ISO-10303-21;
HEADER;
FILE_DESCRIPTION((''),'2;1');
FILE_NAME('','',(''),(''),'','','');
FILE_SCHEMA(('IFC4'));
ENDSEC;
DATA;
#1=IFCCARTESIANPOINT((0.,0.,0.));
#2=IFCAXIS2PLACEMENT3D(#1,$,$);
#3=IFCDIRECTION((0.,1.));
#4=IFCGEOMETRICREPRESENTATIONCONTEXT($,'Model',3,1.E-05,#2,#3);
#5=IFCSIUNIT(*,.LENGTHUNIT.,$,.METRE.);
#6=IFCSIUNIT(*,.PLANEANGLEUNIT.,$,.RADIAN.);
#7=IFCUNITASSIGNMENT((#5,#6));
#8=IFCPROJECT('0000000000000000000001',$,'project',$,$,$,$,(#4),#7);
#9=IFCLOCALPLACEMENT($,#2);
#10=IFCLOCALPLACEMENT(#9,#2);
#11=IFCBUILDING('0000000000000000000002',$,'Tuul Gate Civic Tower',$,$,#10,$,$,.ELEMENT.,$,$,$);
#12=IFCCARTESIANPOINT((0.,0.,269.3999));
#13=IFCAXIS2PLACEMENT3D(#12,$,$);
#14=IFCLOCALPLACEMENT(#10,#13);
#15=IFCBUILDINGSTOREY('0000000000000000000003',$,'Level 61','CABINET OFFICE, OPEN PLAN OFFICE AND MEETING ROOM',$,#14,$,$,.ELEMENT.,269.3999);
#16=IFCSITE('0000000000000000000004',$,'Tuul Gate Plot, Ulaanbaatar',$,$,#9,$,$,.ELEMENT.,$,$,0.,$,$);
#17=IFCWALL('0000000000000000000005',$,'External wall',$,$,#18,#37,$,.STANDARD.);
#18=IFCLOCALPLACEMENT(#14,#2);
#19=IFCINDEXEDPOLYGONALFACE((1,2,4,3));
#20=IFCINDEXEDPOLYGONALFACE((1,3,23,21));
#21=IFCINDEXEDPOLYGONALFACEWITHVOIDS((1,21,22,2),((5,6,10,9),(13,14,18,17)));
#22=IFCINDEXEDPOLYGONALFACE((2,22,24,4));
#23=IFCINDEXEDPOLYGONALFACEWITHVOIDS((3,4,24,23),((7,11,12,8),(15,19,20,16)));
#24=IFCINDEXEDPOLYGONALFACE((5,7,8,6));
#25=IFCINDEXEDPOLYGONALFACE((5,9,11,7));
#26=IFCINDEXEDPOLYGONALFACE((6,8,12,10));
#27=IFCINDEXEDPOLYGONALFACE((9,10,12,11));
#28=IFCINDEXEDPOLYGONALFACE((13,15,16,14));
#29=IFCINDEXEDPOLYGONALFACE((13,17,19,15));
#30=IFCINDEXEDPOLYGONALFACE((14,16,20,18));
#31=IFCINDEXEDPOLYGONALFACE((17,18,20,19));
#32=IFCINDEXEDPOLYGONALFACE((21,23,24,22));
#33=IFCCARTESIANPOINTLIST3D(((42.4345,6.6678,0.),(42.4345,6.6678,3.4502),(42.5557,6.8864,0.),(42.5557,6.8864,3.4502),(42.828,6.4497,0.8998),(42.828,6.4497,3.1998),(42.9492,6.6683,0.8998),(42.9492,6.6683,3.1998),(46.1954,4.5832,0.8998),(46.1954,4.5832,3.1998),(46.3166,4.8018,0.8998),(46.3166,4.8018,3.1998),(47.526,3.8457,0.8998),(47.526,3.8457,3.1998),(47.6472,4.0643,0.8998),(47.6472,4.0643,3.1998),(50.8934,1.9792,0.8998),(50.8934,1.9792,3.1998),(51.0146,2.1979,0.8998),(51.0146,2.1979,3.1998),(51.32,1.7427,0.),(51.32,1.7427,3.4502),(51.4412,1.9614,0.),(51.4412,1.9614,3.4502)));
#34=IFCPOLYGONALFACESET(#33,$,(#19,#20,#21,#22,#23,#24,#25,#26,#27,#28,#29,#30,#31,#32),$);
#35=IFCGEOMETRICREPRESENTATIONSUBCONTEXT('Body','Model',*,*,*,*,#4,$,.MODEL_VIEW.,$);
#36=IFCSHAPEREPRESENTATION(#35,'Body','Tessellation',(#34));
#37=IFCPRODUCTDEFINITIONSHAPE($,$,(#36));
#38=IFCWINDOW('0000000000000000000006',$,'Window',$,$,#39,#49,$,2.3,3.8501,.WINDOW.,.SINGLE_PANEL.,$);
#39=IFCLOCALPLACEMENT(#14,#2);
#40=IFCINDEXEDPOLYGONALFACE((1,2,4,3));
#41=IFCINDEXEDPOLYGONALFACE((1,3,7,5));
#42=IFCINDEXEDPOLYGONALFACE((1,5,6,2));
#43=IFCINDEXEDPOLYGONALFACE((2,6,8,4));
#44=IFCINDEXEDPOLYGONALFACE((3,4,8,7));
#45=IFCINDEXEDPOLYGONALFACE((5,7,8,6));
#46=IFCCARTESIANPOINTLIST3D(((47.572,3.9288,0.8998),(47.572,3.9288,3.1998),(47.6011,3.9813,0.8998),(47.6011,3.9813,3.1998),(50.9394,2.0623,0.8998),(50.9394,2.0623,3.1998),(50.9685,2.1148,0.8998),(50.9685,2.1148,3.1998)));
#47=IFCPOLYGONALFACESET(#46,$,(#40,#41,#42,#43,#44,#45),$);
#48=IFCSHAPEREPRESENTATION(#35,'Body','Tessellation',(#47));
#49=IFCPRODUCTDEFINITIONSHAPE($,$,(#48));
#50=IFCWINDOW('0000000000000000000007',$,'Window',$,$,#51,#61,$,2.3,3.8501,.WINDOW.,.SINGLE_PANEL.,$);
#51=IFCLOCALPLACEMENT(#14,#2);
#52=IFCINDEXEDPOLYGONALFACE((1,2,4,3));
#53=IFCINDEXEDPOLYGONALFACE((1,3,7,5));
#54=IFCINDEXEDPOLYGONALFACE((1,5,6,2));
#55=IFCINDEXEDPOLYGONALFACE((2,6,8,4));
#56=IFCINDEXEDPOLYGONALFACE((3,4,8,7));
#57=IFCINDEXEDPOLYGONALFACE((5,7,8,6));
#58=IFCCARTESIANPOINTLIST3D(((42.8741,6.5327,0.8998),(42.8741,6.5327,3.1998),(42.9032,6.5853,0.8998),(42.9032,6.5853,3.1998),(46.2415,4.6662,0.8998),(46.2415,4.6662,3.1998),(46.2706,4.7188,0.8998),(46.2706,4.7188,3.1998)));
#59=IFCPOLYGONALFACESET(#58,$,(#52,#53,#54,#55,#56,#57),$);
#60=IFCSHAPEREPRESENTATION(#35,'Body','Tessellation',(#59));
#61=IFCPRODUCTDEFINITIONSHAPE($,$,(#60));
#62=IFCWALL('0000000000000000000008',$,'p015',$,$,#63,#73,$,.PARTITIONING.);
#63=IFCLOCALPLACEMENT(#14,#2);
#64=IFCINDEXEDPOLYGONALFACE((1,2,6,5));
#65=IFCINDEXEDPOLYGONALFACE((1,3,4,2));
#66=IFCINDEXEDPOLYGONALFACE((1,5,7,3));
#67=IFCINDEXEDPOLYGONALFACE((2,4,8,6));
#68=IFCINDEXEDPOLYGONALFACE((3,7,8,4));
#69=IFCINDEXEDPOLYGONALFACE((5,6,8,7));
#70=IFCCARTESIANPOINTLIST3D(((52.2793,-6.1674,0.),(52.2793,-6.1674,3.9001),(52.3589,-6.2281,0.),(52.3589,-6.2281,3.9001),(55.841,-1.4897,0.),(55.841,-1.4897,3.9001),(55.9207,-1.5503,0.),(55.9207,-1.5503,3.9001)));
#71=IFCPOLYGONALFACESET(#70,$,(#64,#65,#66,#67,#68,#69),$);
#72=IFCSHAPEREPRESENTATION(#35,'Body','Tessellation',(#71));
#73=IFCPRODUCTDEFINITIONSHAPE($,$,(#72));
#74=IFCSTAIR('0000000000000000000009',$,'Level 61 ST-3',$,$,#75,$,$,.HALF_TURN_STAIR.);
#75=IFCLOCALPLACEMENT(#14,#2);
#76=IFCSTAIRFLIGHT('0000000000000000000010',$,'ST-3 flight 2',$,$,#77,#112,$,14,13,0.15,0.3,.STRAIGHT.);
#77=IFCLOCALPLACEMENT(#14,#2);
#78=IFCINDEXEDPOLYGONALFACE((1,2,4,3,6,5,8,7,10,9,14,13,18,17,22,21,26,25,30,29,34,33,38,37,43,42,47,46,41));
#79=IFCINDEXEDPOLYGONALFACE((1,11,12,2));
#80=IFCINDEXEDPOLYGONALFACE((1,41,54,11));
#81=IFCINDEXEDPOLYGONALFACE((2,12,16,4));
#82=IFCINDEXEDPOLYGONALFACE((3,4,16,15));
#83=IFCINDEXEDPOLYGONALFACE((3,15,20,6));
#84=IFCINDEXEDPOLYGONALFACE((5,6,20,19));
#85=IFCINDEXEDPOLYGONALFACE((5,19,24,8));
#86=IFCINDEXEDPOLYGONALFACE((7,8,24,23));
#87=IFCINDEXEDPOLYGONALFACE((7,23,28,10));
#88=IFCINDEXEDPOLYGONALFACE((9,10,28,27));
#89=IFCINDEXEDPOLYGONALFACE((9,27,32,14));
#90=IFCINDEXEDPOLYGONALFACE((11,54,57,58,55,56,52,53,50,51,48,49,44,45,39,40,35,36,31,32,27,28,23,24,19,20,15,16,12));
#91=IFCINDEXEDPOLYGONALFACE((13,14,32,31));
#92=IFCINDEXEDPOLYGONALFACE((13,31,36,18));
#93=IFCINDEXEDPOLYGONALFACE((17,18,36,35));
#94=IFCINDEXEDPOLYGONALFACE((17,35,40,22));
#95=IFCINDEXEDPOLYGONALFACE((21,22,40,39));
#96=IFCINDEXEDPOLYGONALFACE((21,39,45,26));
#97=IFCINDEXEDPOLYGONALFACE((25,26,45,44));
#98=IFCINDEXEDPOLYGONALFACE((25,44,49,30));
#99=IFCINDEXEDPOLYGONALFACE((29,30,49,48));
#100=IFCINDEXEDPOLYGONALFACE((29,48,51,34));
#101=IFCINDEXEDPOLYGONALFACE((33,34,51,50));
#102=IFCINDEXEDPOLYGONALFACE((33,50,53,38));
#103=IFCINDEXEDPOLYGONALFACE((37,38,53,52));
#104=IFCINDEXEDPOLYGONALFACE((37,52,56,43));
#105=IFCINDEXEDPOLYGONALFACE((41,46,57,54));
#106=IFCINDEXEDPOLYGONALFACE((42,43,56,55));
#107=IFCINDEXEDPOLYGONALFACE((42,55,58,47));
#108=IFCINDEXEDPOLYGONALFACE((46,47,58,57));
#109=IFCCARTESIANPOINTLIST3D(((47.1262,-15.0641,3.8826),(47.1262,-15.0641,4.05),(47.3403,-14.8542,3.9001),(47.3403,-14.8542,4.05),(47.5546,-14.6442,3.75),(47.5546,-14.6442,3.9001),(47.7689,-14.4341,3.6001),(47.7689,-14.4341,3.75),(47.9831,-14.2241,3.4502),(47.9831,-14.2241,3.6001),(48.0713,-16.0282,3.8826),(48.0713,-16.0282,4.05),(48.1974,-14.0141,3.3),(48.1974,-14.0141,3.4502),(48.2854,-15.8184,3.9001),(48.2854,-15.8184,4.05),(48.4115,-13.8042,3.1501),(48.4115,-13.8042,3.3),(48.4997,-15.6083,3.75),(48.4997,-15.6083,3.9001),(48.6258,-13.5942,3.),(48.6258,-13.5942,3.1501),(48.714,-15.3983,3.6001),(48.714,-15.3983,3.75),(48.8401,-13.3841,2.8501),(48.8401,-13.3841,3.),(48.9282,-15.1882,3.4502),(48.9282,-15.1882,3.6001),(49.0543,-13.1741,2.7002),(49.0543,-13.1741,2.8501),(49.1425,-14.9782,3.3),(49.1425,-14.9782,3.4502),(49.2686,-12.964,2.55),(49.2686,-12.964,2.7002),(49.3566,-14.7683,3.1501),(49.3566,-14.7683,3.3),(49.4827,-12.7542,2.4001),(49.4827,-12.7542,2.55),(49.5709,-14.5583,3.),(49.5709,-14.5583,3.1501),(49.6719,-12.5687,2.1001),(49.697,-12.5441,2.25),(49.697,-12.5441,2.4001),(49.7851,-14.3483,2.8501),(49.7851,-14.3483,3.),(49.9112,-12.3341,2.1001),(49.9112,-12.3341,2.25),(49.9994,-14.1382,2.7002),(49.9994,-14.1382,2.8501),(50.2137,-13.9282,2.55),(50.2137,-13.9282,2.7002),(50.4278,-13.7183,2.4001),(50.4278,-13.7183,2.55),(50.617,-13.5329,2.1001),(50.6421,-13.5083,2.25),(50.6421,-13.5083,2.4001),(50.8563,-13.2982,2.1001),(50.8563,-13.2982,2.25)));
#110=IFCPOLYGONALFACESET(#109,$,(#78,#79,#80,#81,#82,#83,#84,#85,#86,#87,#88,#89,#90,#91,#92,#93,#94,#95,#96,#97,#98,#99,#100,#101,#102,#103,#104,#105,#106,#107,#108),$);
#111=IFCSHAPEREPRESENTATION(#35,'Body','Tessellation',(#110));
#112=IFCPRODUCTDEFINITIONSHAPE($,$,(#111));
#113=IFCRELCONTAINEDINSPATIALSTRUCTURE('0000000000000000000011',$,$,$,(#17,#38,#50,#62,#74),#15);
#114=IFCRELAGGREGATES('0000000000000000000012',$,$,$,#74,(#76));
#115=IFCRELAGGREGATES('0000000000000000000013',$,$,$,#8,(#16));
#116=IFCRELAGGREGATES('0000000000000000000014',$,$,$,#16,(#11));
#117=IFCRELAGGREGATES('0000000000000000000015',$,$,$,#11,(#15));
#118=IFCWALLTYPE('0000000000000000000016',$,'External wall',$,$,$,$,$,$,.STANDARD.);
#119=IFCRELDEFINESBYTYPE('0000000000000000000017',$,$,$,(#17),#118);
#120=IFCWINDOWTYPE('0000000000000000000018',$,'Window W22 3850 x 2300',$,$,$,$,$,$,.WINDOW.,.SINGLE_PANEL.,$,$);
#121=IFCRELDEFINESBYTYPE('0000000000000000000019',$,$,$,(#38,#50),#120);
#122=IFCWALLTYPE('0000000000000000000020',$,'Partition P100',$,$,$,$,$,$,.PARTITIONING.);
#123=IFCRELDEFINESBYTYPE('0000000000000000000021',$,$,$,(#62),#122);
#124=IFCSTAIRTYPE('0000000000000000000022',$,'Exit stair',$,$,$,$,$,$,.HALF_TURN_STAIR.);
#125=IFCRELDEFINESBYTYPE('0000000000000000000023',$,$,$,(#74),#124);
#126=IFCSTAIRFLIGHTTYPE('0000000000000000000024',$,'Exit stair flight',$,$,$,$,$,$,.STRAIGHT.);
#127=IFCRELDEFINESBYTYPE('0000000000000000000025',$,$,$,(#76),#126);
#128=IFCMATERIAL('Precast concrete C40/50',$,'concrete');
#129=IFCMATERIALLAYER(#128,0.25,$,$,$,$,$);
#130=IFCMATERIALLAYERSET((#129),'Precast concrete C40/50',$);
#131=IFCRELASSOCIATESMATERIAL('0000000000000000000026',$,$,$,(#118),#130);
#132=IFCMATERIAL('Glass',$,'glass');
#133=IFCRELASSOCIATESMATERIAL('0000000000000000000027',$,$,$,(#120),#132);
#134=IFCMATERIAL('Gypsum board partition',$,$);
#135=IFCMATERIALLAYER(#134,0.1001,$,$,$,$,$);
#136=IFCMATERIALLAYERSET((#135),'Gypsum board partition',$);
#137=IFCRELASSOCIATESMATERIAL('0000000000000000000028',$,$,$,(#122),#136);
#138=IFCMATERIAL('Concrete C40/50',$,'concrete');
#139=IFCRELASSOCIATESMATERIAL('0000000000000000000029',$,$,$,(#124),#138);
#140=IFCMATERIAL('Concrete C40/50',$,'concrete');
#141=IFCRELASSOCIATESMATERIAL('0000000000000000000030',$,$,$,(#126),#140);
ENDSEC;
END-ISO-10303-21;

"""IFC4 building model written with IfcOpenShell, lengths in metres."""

from ifc_helpers import new_model, si_unit, direction, frame, frame_2d, origin, place, context, subcontext, project, spatial, polyline, rectangle, outline, extrude, material, layer, layer_set, type_object, element, fill, aggregate, save


model = new_model("IFC4")

# Units and contexts
model_context = context("Model", 3, precision=1e-05, world=origin(), true_north=direction((0.0, 1.0)))
body_context = subcontext(model_context, "Body", "Model", "MODEL_VIEW")
ifc_project = project(units=[si_unit("LENGTHUNIT", "METRE"), si_unit("PLANEANGLEUNIT", "RADIAN")], contexts=[model_context])

# Site, building, storey
site_placement = place(None, origin())
site = spatial("IfcSite", under=ifc_project, at=site_placement, Name="Tuul Gate Plot, Ulaanbaatar", CompositionType="ELEMENT", RefElevation=0.0)
building_placement = place(site_placement, origin())
building = spatial("IfcBuilding", under=site, at=building_placement, Name="Tuul Gate Civic Tower", CompositionType="ELEMENT")
storey_placement = place(building_placement, frame((0.0, 0.0, 269.3999)))
storey = spatial("IfcBuildingStorey", under=building, at=storey_placement, Name="Level 61", Description="CABINET OFFICE, OPEN PLAN OFFICE AND MEETING ROOM", CompositionType="ELEMENT", Elevation=269.3999)

# Wall, openings, windows
ifc_material_1 = material(Name="Precast concrete C40/50", Category="concrete")
ifc_layer_1 = layer(ifc_material_1, 0.25)
ifc_layer_set_1 = layer_set([ifc_layer_1], Name="Precast concrete C40/50")
wall_type_1 = type_object("IfcWallType", Name="External wall", PredefinedType="STANDARD", material=ifc_layer_set_1)
wall_1_placement = place(storey_placement, frame((51.3806, 1.8521, 0.0), z_axis=(0.0, 0.0, 1.0), x_axis=(-0.874631, 0.48479, 0.0)))
wall_1 = element("IfcWall", 1, at=wall_1_placement, inside=storey, type_object=wall_type_1, Name="External wall", PredefinedType="STANDARD", context=body_context, shape_type="SweptSolid", body=[
    extrude(rectangle(XDim=10.1592, YDim=0.25, at=frame_2d((5.0796, 0.0))), origin(), (0.0, 0.0, 1.0), 3.4502),
])
opening_1_placement = place(wall_1_placement, frame((0.4878, 0.0, 0.8999)))
opening_1 = element("IfcOpeningElement", 2, at=opening_1_placement, cuts=wall_1, PredefinedType="OPENING", context=body_context, shape_type="SweptSolid", body=[
    extrude(rectangle(XDim=3.8501, YDim=2.3, at=frame_2d((1.925, 1.1499))), frame((0.0, 0.135, 0.0), z_axis=(0.0, -1.0, 0.0), x_axis=(1.0, 0.0, 0.0)), (0.0, 0.0, 1.0), 0.27),
])
opening_2_placement = place(wall_1_placement, frame((5.8591, 0.0, 0.8999)))
opening_2 = element("IfcOpeningElement", 3, at=opening_2_placement, cuts=wall_1, PredefinedType="OPENING", context=body_context, shape_type="SweptSolid", body=[
    extrude(rectangle(XDim=3.8501, YDim=2.3, at=frame_2d((1.925, 1.1499))), frame((0.0, 0.135, 0.0), z_axis=(0.0, -1.0, 0.0), x_axis=(1.0, 0.0, 0.0)), (0.0, 0.0, 1.0), 0.27),
])
ifc_material_2 = material(Name="Glass", Category="glass")
window_type = type_object("IfcWindowType", Name="Window W22 3850 x 2300", PartitioningType="SINGLE_PANEL", PredefinedType="WINDOW", material=ifc_material_2)
window_1_placement = place(opening_1_placement, origin())
window_1 = element("IfcWindow", 4, at=window_1_placement, inside=storey, type_object=window_type, Name="Window", OverallHeight=2.3, OverallWidth=3.8501, PartitioningType="SINGLE_PANEL", PredefinedType="WINDOW", context=body_context, shape_type="SweptSolid", body=[
    extrude(rectangle(XDim=3.8501, YDim=2.3, at=frame_2d((1.925, 1.1499))), frame((0.0, 0.03, 0.0), z_axis=(0.0, -1.0, 0.0), x_axis=(1.0, 0.0, 0.0)), (0.0, 0.0, 1.0), 0.0601),
])
fill(opening_1, window_1)
window_2_placement = place(opening_2_placement, origin())
window_2 = element("IfcWindow", 5, at=window_2_placement, inside=storey, type_object=window_type, Name="Window", OverallHeight=2.3, OverallWidth=3.8501, PartitioningType="SINGLE_PANEL", PredefinedType="WINDOW", context=body_context, shape_type="SweptSolid", body=[
    extrude(rectangle(XDim=3.8501, YDim=2.3, at=frame_2d((1.925, 1.1499))), frame((0.0, 0.03, 0.0), z_axis=(0.0, -1.0, 0.0), x_axis=(1.0, 0.0, 0.0)), (0.0, 0.0, 1.0), 0.0601),
])
fill(opening_2, window_2)

# Wall
ifc_material_3 = material(Name="Gypsum board partition")
ifc_layer_2 = layer(ifc_material_3, 0.1001)
ifc_layer_set_2 = layer_set([ifc_layer_2], Name="Gypsum board partition")
wall_type_2 = type_object("IfcWallType", Name="Partition P100", PredefinedType="PARTITIONING", material=ifc_layer_set_2)
wall_2_placement = place(storey_placement, frame((52.3191, -6.1978, 0.0), z_axis=(0.0, 0.0, 1.0), x_axis=(0.605804, 0.795614, 0.0)))
element("IfcWall", 6, at=wall_2_placement, inside=storey, type_object=wall_type_2, Name="p015", PredefinedType="PARTITIONING", context=body_context, shape_type="SweptSolid", body=[
    extrude(rectangle(XDim=5.8794, YDim=0.1001, at=frame_2d((2.9397, 0.0))), origin(), (0.0, 0.0, 1.0), 3.9001),
])

# Stair, stair flight
ifc_material_4 = material(Name="Concrete C40/50", Category="concrete")
stair_type = type_object("IfcStairType", Name="Exit stair", PredefinedType="HALF_TURN_STAIR", material=ifc_material_4)
stair_placement = place(storey_placement, origin())
stair = element("IfcStair", 7, at=stair_placement, inside=storey, type_object=stair_type, Name="Level 61 ST-3", PredefinedType="HALF_TURN_STAIR")
ifc_material_5 = material(Name="Concrete C40/50", Category="concrete")
stair_flight_type = type_object("IfcStairFlightType", Name="Exit stair flight", PredefinedType="STRAIGHT", material=ifc_material_5)
stair_flight_placement = place(storey_placement, frame((50.3838, -12.8162, 2.1001), z_axis=(0.0, 0.0, 1.0), x_axis=(-0.714127, -0.700016, 0.0)))
stair_flight = element("IfcStairFlight", 8, at=stair_flight_placement, type_object=stair_flight_type, Name="ST-3 flight 2", NumberOfRisers=14, NumberOfTreads=13, PredefinedType="STRAIGHT", RiserHeight=0.15, TreadLength=0.3, context=body_context, shape_type="SweptSolid", body=[
    extrude(outline(polyline([(0.0, 0.0), (0.0, 0.1499), (0.3, 0.1499), (0.3, 0.3), (0.6001, 0.3), (0.6001, 0.45), (0.8999, 0.45), (0.8999, 0.6001), (1.2, 0.6001), (1.2, 0.75), (1.5, 0.75), (1.5, 0.8999), (1.8, 0.8999), (1.8, 1.05), (2.1001, 1.05), (2.1001, 1.2), (2.3999, 1.2), (2.3999, 1.3501), (2.7, 1.3501), (2.7, 1.5), (3.0, 1.5), (3.0, 1.6499), (3.3, 1.6499), (3.3, 1.8), (3.6001, 1.8), (3.6001, 1.95), (3.8999, 1.95), (3.8999, 2.1001), (3.8999, 1.7825), (0.3352, 0.0), (0.0, 0.0)])), frame((0.0, 0.675, 0.0), z_axis=(0.0, -1.0, 0.0), x_axis=(1.0, 0.0, 0.0)), (0.0, 0.0, 1.0), 1.3501),
])
aggregate(stair, [stair_flight])

save(model, "model.ifc")
